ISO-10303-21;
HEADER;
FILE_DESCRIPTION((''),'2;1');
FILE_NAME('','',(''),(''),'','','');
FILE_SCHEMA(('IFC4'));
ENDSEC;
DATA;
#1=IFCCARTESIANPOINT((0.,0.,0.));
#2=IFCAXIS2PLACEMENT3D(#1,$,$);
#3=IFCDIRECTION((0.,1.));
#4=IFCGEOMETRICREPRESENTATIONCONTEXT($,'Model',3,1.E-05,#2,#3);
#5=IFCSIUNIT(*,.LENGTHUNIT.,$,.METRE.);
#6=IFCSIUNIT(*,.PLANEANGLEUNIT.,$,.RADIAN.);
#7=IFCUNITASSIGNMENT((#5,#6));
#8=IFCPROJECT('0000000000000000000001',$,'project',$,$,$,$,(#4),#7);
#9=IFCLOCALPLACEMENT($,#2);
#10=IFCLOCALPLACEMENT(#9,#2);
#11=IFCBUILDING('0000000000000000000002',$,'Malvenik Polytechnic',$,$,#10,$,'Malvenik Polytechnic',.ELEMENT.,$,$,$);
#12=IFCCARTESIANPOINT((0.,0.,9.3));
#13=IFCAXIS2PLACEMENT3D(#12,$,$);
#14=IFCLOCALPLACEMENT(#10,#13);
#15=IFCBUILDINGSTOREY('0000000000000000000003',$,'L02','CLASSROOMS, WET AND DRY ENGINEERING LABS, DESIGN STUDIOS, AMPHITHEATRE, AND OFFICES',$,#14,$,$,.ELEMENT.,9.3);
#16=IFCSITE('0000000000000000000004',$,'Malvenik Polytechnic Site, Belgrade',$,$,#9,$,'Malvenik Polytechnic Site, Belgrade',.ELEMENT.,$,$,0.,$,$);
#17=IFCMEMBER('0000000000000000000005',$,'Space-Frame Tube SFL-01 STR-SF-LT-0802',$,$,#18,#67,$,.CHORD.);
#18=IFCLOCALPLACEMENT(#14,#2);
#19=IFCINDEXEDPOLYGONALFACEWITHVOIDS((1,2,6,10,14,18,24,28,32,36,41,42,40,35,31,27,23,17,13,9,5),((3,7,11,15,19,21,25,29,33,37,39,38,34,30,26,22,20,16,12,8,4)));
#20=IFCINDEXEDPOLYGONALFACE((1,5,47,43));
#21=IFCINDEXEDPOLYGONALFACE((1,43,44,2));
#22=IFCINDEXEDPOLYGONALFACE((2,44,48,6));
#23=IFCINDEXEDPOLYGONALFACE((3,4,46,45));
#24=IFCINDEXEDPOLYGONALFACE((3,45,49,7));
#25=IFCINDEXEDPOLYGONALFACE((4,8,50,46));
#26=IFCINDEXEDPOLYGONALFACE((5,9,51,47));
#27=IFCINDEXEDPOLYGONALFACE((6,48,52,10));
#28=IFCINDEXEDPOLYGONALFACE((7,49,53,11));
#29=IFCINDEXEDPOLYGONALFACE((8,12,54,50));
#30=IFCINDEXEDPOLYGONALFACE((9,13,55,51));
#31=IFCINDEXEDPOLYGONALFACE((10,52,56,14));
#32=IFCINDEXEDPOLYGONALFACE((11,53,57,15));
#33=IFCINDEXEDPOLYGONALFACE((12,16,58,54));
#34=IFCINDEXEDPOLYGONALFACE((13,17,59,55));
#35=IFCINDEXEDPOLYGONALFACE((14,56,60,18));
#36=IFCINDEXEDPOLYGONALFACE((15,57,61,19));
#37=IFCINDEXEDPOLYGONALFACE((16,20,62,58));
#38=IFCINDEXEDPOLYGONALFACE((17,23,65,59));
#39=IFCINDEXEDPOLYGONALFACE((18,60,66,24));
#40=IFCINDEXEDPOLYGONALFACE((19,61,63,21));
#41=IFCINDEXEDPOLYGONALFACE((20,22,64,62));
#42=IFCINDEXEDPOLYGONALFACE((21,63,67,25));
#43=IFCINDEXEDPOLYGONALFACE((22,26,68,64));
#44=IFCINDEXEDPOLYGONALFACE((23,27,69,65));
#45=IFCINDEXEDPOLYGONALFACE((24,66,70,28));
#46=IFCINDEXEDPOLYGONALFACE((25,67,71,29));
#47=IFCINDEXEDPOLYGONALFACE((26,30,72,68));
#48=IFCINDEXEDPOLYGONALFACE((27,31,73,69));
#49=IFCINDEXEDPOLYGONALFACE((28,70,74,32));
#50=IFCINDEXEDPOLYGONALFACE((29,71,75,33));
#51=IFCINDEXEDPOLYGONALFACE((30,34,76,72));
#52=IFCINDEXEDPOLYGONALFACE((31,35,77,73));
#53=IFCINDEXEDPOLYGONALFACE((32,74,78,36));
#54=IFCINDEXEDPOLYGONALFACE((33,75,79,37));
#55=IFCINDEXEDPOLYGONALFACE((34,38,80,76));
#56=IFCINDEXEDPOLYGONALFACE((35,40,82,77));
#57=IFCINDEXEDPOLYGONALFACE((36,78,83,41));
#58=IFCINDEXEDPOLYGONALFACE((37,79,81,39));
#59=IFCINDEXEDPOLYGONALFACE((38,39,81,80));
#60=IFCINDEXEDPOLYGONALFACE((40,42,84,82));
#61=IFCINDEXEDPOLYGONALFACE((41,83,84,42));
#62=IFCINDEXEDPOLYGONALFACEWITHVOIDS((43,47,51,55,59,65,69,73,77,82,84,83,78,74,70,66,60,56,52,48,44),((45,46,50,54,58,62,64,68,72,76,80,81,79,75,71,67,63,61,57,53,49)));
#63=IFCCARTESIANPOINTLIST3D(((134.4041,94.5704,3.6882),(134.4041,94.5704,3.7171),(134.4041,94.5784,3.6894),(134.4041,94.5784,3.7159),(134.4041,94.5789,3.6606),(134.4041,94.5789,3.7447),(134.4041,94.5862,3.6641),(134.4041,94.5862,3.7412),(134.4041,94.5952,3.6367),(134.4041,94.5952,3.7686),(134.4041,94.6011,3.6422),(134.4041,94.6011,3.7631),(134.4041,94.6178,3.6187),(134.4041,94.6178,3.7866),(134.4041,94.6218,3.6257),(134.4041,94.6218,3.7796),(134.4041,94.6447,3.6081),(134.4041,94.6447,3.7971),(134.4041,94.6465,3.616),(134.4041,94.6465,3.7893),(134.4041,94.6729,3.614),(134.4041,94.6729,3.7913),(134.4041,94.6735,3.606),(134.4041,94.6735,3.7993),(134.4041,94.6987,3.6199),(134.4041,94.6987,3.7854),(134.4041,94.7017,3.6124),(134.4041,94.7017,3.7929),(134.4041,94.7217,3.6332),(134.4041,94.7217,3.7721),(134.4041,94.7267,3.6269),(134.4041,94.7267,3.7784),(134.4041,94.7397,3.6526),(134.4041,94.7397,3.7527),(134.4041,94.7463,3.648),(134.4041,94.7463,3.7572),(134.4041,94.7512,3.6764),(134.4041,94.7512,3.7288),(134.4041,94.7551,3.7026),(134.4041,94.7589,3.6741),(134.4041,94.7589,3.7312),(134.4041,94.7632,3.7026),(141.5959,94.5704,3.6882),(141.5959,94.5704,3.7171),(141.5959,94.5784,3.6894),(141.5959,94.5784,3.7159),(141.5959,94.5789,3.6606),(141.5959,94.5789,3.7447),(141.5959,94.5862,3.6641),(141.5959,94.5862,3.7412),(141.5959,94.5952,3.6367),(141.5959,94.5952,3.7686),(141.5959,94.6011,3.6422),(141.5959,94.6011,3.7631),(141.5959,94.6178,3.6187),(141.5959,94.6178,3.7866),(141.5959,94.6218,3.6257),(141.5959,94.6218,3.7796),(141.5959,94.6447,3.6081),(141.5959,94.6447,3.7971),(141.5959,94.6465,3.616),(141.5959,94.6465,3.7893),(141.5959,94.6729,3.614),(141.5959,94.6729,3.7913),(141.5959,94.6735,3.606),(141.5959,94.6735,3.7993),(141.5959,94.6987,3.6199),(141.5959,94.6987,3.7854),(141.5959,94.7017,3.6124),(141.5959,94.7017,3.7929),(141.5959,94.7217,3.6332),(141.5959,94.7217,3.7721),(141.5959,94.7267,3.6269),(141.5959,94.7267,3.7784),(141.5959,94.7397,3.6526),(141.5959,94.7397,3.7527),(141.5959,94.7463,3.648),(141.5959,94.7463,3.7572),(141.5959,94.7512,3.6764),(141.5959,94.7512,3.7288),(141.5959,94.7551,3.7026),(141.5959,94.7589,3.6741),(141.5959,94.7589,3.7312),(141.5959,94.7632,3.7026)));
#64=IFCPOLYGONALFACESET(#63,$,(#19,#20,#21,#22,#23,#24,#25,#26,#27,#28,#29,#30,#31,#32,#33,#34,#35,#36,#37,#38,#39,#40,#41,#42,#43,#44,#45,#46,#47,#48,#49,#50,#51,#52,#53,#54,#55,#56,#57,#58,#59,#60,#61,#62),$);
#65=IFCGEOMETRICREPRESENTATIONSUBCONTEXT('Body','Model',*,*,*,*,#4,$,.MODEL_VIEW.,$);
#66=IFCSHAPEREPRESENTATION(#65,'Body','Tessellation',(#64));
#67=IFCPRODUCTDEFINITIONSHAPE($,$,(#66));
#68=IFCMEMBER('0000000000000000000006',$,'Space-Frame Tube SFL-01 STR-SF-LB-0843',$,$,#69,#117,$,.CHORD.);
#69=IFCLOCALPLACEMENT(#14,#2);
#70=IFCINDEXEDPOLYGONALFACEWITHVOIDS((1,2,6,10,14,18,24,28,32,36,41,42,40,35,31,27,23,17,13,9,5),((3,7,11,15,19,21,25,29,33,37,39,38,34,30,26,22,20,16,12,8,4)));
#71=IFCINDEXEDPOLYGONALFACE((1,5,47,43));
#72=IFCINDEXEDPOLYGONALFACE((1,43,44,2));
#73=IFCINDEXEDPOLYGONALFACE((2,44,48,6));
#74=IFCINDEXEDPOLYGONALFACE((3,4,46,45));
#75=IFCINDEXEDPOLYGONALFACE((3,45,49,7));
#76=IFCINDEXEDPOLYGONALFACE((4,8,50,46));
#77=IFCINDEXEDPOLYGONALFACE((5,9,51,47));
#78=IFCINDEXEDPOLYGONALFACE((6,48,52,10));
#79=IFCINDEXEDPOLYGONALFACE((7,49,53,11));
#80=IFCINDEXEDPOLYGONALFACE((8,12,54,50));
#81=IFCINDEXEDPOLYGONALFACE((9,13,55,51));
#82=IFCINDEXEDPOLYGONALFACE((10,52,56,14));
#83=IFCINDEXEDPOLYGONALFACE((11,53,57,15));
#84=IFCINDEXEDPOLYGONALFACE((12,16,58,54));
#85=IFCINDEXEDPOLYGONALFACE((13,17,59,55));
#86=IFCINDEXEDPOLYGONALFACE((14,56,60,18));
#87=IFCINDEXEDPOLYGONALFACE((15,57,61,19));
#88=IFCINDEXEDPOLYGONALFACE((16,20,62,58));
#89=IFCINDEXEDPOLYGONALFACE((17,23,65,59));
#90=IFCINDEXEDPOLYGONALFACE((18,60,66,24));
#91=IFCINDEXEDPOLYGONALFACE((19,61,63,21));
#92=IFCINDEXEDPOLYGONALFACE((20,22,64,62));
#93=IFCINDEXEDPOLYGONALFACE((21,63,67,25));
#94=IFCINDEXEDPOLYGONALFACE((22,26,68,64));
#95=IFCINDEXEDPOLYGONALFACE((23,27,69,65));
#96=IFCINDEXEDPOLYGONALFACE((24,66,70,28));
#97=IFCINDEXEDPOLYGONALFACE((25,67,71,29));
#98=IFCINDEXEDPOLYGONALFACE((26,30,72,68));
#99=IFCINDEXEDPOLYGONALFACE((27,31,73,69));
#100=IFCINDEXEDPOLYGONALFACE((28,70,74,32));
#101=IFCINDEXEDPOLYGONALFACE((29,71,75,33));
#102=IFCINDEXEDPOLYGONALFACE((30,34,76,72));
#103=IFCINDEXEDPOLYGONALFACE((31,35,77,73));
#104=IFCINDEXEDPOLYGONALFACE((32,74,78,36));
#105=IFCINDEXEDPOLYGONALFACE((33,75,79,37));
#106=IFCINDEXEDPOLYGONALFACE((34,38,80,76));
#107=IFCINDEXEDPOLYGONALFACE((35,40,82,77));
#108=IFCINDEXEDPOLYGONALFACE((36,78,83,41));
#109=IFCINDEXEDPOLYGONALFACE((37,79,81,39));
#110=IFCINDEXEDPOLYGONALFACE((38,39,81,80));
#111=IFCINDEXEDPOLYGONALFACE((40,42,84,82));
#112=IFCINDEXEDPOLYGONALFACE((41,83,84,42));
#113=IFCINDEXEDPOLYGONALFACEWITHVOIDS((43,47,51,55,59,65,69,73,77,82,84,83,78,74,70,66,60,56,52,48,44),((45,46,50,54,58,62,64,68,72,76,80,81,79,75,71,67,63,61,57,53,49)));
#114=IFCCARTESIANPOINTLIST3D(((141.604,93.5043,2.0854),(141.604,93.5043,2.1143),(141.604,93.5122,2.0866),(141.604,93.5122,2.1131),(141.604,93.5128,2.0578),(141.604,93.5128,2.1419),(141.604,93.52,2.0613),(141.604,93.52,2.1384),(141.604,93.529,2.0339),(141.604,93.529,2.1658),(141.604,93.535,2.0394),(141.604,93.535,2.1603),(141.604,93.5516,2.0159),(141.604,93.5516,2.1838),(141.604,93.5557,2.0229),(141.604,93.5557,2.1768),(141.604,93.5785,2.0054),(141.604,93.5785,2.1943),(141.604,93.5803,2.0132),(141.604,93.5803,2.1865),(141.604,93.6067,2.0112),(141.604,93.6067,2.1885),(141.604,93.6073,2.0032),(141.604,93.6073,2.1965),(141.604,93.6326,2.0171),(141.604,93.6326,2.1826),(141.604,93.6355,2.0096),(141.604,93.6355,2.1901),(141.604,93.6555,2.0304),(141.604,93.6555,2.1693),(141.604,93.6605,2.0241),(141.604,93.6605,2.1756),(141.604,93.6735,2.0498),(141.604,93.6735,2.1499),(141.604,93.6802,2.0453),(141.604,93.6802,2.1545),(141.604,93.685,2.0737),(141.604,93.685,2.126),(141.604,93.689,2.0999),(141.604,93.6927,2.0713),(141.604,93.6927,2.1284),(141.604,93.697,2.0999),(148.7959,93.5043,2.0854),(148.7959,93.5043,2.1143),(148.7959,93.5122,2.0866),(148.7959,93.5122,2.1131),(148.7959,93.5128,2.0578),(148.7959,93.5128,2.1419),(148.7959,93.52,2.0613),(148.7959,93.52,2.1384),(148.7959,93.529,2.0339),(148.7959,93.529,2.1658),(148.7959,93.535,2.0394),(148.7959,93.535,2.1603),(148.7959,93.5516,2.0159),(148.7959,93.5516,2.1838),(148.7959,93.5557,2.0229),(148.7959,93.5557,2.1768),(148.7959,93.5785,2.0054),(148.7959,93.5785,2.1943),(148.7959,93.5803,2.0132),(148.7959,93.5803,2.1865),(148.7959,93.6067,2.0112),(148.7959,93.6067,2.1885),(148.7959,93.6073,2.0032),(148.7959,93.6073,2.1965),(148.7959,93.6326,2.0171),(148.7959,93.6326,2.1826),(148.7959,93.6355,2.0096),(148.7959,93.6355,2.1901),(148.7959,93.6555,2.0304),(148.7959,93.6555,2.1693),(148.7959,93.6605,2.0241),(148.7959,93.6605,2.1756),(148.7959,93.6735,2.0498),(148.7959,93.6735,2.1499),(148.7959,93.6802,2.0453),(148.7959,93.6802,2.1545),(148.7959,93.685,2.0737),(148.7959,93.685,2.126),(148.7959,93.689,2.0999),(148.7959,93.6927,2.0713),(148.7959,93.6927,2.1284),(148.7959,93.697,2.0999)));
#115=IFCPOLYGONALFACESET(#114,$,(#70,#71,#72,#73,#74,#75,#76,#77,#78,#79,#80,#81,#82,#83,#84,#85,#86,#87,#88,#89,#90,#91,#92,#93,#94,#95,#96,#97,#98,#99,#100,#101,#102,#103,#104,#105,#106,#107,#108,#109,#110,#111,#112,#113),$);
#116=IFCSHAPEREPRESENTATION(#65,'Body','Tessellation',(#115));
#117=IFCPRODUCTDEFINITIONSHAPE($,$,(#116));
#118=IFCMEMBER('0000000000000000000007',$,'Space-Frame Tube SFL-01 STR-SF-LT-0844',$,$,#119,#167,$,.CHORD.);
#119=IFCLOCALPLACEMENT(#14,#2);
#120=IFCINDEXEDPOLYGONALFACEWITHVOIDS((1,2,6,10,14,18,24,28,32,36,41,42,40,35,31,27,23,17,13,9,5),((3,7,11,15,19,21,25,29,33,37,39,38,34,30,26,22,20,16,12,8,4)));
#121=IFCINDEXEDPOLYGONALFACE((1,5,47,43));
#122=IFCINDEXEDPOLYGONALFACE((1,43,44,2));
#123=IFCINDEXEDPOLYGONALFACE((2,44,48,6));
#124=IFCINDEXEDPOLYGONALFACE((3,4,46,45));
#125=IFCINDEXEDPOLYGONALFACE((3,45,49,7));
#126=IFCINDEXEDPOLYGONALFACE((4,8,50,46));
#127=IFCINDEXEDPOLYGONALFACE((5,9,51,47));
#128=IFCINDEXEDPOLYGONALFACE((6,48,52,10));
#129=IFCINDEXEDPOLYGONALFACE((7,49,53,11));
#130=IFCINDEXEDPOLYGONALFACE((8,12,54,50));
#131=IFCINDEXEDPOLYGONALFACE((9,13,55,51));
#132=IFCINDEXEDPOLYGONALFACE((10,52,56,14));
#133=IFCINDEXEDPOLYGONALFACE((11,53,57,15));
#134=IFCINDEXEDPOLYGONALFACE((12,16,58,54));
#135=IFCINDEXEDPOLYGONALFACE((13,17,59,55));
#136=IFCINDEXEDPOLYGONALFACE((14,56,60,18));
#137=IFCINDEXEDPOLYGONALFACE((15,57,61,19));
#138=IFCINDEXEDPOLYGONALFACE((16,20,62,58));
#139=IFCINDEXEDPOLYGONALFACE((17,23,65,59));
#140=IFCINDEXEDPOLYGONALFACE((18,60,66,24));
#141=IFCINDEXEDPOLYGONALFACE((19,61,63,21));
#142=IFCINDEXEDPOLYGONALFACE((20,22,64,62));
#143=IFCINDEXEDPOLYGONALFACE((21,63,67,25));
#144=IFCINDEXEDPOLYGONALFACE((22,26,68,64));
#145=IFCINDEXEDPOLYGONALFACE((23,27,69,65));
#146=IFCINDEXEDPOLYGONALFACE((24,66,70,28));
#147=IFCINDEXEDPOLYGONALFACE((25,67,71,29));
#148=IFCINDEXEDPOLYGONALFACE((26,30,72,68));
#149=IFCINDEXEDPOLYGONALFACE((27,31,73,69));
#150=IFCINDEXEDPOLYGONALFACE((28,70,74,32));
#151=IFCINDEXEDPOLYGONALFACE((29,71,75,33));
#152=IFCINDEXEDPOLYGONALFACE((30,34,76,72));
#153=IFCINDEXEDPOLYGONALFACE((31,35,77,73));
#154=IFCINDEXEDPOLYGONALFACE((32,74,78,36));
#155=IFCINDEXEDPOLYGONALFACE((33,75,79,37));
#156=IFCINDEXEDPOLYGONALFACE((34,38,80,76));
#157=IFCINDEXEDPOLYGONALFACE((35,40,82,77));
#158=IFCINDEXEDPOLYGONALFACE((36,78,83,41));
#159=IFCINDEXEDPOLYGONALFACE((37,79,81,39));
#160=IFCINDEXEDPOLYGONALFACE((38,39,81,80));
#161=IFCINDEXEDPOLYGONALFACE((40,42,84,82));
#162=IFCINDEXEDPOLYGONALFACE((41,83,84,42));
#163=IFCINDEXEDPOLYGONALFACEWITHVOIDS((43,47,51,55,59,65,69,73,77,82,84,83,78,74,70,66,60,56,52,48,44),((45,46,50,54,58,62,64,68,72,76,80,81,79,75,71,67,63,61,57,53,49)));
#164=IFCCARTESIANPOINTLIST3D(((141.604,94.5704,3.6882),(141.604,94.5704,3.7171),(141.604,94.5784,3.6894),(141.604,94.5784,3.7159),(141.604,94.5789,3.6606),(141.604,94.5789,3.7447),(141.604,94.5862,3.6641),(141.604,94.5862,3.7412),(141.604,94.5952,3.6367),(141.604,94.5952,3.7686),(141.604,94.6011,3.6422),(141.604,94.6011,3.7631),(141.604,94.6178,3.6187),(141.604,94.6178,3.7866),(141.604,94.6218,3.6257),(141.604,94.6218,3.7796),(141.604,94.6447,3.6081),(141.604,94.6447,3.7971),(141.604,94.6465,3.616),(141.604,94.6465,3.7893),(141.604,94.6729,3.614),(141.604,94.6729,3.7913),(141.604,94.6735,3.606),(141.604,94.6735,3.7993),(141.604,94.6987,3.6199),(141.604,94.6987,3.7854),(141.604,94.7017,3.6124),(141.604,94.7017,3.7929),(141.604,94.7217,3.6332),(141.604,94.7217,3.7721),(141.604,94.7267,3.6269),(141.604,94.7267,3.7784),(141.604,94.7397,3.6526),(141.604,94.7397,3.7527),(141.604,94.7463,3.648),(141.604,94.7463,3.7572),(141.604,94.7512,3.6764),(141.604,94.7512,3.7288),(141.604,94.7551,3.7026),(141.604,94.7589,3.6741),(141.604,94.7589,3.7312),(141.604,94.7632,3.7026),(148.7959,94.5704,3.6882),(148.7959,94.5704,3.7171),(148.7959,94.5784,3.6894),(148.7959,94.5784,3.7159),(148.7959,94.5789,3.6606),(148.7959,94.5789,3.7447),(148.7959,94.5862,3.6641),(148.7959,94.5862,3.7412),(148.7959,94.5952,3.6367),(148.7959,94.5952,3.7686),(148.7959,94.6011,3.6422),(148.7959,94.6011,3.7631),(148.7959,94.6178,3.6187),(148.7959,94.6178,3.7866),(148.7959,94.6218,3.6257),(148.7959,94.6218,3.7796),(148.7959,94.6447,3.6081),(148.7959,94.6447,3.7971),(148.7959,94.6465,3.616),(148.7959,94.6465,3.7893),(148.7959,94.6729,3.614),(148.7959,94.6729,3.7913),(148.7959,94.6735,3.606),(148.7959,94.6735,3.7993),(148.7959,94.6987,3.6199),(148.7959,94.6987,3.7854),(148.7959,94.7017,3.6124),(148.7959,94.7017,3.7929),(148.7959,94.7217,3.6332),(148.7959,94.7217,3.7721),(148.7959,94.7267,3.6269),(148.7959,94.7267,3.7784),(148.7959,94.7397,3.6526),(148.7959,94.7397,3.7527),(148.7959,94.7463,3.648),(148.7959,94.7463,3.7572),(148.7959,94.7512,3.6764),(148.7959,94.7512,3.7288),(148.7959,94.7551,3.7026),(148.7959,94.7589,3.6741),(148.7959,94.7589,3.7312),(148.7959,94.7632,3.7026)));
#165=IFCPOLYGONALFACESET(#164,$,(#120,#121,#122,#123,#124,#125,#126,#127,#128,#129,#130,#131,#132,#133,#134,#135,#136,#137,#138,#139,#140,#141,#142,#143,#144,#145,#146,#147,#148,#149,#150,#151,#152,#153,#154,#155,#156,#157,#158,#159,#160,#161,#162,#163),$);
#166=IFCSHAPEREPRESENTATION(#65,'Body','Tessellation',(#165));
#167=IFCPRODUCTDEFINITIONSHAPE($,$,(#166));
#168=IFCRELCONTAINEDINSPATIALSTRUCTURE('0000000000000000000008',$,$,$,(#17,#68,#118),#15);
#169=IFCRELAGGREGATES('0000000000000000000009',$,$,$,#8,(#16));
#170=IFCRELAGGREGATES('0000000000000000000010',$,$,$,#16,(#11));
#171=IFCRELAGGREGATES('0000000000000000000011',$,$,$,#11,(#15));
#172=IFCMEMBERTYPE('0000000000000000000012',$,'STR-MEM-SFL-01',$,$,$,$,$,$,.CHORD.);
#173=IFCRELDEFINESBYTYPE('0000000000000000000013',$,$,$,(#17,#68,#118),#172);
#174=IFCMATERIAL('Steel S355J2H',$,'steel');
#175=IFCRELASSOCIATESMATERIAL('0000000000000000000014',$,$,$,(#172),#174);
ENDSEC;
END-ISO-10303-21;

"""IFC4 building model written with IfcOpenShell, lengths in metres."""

from ifc_helpers import new_model, si_unit, direction, frame, origin, origin_2d, place, context, subcontext, project, spatial, hollow_circle, extrude, material, material_profile, profile_set, type_object, element, save


model = new_model("IFC4")

# Units and contexts
model_context = context("Model", 3, precision=1e-05, world=origin(), true_north=direction((0.0, 1.0)))
body_context = subcontext(model_context, "Body", "Model", "MODEL_VIEW")
ifc_project = project(units=[si_unit("LENGTHUNIT", "METRE"), si_unit("PLANEANGLEUNIT", "RADIAN")], contexts=[model_context])

# Site, building, storey
site_placement = place(None, origin())
site = spatial("IfcSite", under=ifc_project, at=site_placement, Name="Malvenik Polytechnic Site, Belgrade", LongName="Malvenik Polytechnic Site, Belgrade", CompositionType="ELEMENT", RefElevation=0.0)
building_placement = place(site_placement, origin())
building = spatial("IfcBuilding", under=site, at=building_placement, Name="Malvenik Polytechnic", LongName="Malvenik Polytechnic", CompositionType="ELEMENT")
storey_placement = place(building_placement, frame((0.0, 0.0, 9.3)))
storey = spatial("IfcBuildingStorey", under=building, at=storey_placement, Name="L02", Description="CLASSROOMS, WET AND DRY ENGINEERING LABS, DESIGN STUDIOS, AMPHITHEATRE, AND OFFICES", CompositionType="ELEMENT", Elevation=9.3)

# Members
ifc_material_1 = material(Name="Steel S355J2H", Category="steel")
ifc_material_profile_1 = material_profile(ifc_material_1, hollow_circle(Radius=0.0969, WallThickness=0.0081, at=origin_2d()), Name="CHS 193.7x8.0")
ifc_profile_set_1 = profile_set([ifc_material_profile_1], Name="Steel S355J2H")
member_type_1 = type_object("IfcMemberType", Name="STR-MEM-SFL-01", PredefinedType="CHORD", material=ifc_profile_set_1)
for number, where, z_axis, x_axis, name in (
    (1, (134.4041, 94.6663, 3.7026), (1.0, 0.0, 0.0), (0.0, 1.0, 0.0), "Space-Frame Tube SFL-01 STR-SF-LT-0802"),
    (2, (141.604, 93.6001, 2.0999), (1.0, 0.0, 0.0), (0.0, 1.0, 0.0), "Space-Frame Tube SFL-01 STR-SF-LB-0843"),
    (3, (141.604, 94.6663, 3.7026), (1.0, 0.0, 0.0), (0.0, 1.0, 0.0), "Space-Frame Tube SFL-01 STR-SF-LT-0844"),
):
    element("IfcMember", number, at=place(storey_placement, frame(where, z_axis=z_axis, x_axis=x_axis)), inside=storey, type_object=member_type_1, Name=name, PredefinedType="CHORD", context=body_context, shape_type="SweptSolid", body=[
        extrude(hollow_circle(Radius=0.0969, WallThickness=0.0081, at=origin_2d()), origin(), (0.0, 0.0, 1.0), 7.1919),
    ])

save(model, "model.ifc")
